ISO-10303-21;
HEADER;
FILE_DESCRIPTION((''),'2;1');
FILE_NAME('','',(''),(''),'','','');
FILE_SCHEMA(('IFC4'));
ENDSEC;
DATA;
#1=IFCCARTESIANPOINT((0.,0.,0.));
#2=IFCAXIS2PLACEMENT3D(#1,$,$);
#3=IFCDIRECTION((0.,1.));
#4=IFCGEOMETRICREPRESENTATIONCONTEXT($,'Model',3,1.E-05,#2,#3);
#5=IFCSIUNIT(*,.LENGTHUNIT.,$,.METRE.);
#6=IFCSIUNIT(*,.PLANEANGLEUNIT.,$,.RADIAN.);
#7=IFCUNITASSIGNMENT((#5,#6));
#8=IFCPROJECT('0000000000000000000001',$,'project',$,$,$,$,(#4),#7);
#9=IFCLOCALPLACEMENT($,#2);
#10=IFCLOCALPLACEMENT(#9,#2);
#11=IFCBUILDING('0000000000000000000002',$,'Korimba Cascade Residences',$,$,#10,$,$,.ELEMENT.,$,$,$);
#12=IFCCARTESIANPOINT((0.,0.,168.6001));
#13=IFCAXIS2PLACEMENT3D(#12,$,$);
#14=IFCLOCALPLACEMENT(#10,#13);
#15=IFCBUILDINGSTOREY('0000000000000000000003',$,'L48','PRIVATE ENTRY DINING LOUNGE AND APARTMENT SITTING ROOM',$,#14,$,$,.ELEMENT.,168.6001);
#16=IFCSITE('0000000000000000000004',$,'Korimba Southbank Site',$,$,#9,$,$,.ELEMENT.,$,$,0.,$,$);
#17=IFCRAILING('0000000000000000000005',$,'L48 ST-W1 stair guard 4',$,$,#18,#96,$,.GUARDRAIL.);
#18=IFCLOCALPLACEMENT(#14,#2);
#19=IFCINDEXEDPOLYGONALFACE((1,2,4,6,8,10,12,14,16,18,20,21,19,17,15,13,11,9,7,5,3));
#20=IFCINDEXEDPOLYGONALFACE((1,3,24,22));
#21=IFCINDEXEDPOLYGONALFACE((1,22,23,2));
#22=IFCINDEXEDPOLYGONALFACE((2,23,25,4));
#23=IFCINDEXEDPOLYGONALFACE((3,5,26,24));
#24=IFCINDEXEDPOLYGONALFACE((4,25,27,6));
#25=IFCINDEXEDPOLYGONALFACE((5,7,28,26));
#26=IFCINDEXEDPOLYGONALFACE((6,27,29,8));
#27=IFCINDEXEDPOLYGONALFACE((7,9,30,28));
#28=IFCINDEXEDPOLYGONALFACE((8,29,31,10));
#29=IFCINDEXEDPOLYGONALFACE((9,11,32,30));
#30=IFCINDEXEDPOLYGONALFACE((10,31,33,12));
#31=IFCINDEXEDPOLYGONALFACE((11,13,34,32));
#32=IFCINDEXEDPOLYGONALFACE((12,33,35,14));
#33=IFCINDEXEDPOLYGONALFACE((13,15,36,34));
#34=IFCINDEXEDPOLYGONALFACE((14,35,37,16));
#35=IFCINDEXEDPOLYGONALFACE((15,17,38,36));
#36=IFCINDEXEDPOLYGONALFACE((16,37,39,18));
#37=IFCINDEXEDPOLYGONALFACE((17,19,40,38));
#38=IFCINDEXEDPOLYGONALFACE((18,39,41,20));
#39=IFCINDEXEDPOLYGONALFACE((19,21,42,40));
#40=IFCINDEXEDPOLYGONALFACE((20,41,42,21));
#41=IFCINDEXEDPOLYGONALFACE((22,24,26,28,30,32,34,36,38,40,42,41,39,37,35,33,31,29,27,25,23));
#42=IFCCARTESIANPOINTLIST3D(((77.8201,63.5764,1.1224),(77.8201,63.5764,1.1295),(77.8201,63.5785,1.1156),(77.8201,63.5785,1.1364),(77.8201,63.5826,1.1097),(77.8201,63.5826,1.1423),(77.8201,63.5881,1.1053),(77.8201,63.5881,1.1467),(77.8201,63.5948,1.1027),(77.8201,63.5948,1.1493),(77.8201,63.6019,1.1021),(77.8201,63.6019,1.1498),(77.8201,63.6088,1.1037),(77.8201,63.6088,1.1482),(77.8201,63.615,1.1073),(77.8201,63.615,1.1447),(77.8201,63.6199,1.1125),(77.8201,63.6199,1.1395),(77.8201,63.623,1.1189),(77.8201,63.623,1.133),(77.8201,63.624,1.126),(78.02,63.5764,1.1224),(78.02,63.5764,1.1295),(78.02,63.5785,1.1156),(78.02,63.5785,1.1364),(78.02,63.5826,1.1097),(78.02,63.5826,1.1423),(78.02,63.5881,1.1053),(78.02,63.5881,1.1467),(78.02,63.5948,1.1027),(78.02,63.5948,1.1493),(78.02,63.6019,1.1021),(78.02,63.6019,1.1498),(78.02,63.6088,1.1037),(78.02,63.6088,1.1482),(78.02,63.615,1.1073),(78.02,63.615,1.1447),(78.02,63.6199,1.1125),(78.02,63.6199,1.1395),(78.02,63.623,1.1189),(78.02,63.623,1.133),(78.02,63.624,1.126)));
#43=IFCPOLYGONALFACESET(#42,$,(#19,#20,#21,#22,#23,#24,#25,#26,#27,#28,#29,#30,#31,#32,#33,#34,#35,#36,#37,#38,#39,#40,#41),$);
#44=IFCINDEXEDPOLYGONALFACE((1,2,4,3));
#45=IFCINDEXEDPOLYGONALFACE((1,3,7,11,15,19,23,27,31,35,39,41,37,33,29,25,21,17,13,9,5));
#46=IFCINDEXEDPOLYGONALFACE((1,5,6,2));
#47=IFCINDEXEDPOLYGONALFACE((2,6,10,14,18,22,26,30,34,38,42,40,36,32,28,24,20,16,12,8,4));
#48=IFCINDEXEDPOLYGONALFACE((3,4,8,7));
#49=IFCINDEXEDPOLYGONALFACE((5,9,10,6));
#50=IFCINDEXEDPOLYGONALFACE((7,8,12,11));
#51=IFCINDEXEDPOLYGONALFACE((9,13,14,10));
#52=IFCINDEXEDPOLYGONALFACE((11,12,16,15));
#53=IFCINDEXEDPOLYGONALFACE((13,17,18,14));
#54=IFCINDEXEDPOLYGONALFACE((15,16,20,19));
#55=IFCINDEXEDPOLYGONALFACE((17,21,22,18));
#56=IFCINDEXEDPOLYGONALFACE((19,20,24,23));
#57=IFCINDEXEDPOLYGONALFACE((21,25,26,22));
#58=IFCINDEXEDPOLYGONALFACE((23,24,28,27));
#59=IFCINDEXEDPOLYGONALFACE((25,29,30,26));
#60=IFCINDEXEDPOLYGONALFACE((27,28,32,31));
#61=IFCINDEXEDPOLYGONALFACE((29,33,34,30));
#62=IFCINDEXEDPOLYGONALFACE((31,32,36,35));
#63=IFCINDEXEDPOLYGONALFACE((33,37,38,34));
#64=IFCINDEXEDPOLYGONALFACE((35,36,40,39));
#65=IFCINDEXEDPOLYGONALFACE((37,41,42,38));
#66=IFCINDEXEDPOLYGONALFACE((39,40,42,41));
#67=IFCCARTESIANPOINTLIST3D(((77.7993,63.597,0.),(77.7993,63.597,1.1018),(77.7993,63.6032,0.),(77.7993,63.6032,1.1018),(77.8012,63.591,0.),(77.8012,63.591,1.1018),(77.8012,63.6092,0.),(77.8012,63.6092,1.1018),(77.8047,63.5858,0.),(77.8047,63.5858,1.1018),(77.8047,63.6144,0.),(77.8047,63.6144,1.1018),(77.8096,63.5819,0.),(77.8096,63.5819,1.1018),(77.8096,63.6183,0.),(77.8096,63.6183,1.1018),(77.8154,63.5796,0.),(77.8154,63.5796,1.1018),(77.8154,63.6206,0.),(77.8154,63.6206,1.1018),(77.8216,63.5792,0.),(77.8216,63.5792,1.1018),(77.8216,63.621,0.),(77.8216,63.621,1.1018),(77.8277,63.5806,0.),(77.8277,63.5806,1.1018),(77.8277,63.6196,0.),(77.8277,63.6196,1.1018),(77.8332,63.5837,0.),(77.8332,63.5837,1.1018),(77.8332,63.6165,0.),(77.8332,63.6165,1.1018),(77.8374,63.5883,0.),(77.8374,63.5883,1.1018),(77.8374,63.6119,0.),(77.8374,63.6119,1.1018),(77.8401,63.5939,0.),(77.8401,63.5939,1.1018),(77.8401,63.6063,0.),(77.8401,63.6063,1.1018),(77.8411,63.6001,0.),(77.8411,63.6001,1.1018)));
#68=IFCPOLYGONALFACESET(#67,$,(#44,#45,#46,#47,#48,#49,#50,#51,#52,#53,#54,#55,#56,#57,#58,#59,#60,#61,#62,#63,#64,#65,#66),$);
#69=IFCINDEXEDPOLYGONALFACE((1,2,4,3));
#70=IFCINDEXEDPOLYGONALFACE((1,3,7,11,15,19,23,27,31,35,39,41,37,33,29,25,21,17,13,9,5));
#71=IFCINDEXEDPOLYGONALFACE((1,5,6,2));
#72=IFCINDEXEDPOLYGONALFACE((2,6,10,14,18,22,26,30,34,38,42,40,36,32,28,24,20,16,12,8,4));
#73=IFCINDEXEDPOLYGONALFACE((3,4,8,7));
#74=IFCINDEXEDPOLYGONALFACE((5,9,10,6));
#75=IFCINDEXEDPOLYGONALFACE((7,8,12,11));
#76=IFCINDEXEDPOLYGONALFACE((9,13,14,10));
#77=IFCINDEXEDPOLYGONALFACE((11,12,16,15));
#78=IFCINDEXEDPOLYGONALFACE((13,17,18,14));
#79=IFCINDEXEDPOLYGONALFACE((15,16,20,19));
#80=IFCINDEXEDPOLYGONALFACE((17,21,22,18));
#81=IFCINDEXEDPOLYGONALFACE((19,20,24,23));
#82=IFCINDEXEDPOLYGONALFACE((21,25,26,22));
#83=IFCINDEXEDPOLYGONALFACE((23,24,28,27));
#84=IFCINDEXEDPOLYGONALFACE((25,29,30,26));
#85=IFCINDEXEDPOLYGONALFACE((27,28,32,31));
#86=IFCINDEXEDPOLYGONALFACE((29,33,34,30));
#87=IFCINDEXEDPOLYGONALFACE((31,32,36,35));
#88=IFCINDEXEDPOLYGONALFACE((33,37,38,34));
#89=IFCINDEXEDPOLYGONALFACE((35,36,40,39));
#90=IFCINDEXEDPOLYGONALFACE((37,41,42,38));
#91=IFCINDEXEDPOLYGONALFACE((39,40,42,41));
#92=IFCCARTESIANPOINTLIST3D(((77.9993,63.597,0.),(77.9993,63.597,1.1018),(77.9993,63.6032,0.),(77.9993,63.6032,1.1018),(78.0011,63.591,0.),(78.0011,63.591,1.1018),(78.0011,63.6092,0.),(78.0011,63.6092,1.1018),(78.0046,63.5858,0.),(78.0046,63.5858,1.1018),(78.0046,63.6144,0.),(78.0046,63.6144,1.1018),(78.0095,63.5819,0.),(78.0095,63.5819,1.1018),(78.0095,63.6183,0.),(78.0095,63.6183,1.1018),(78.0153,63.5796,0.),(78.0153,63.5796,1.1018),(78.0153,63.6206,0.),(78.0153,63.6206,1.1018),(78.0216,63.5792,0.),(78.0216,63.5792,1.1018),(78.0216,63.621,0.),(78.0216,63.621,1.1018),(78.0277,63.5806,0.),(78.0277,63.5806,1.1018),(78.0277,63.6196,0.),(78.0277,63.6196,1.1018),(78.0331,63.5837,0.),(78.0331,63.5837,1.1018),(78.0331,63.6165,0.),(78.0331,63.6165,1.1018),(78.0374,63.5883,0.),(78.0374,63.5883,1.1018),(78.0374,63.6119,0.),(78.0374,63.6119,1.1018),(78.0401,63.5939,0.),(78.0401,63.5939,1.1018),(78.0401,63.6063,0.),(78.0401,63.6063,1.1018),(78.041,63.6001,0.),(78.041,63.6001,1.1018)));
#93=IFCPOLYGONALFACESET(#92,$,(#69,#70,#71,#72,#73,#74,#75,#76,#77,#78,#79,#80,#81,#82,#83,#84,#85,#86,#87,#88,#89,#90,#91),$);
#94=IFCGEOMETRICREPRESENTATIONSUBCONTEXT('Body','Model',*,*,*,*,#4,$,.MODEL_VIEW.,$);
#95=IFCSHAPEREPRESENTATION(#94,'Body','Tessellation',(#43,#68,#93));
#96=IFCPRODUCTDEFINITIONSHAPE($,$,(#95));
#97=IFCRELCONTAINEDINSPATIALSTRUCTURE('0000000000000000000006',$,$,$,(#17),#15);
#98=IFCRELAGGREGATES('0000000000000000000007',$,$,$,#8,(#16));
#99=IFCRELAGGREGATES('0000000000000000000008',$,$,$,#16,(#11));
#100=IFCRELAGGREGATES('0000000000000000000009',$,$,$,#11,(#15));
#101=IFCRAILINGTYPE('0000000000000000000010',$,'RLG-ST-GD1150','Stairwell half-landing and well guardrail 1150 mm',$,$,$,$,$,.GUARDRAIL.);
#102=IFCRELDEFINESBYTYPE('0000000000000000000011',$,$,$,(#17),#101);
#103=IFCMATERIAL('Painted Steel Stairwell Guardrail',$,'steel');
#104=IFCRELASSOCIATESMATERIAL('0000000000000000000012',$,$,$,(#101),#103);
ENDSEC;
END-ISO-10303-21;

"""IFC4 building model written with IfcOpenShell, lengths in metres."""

from ifc_helpers import new_model, si_unit, direction, frame, origin, origin_2d, place, context, subcontext, project, spatial, circle, extrude, material, type_object, element, save


model = new_model("IFC4")

# Units and contexts
model_context = context("Model", 3, precision=1e-05, world=origin(), true_north=direction((0.0, 1.0)))
body_context = subcontext(model_context, "Body", "Model", "MODEL_VIEW")
ifc_project = project(units=[si_unit("LENGTHUNIT", "METRE"), si_unit("PLANEANGLEUNIT", "RADIAN")], contexts=[model_context])

# Site, building, storey
site_placement = place(None, origin())
site = spatial("IfcSite", under=ifc_project, at=site_placement, Name="Korimba Southbank Site", CompositionType="ELEMENT", RefElevation=0.0)
building_placement = place(site_placement, origin())
building = spatial("IfcBuilding", under=site, at=building_placement, Name="Korimba Cascade Residences", CompositionType="ELEMENT")
storey_placement = place(building_placement, frame((0.0, 0.0, 168.6001)))
storey = spatial("IfcBuildingStorey", under=building, at=storey_placement, Name="L48", Description="PRIVATE ENTRY DINING LOUNGE AND APARTMENT SITTING ROOM", CompositionType="ELEMENT", Elevation=168.6001)

# Railing
ifc_material_1 = material(Name="Painted Steel Stairwell Guardrail", Category="steel")
railing_type_1 = type_object("IfcRailingType", Name="RLG-ST-GD1150", Description="Stairwell half-landing and well guardrail 1150 mm", PredefinedType="GUARDRAIL", material=ifc_material_1)
railing_1_placement = place(storey_placement, frame((77.8201, 63.6001, 0.0)))
element("IfcRailing", 1, at=railing_1_placement, inside=storey, type_object=railing_type_1, Name="L48 ST-W1 stair guard 4", PredefinedType="GUARDRAIL", context=body_context, shape_type="SweptSolid", body=[
    extrude(circle(Radius=0.0239, at=origin_2d()), frame((0.0, 0.0, 1.126), z_axis=(1.0, 0.0, 0.0), x_axis=(0.0, 1.0, 0.0)), (0.0, 0.0, 1.0), 0.2),
    extrude(circle(Radius=0.021, at=origin_2d()), origin(), (0.0, 0.0, 1.0), 1.1018),
    extrude(circle(Radius=0.021, at=origin_2d()), frame((0.2, 0.0, 0.0)), (0.0, 0.0, 1.0), 1.1018),
])

save(model, "model.ifc")
